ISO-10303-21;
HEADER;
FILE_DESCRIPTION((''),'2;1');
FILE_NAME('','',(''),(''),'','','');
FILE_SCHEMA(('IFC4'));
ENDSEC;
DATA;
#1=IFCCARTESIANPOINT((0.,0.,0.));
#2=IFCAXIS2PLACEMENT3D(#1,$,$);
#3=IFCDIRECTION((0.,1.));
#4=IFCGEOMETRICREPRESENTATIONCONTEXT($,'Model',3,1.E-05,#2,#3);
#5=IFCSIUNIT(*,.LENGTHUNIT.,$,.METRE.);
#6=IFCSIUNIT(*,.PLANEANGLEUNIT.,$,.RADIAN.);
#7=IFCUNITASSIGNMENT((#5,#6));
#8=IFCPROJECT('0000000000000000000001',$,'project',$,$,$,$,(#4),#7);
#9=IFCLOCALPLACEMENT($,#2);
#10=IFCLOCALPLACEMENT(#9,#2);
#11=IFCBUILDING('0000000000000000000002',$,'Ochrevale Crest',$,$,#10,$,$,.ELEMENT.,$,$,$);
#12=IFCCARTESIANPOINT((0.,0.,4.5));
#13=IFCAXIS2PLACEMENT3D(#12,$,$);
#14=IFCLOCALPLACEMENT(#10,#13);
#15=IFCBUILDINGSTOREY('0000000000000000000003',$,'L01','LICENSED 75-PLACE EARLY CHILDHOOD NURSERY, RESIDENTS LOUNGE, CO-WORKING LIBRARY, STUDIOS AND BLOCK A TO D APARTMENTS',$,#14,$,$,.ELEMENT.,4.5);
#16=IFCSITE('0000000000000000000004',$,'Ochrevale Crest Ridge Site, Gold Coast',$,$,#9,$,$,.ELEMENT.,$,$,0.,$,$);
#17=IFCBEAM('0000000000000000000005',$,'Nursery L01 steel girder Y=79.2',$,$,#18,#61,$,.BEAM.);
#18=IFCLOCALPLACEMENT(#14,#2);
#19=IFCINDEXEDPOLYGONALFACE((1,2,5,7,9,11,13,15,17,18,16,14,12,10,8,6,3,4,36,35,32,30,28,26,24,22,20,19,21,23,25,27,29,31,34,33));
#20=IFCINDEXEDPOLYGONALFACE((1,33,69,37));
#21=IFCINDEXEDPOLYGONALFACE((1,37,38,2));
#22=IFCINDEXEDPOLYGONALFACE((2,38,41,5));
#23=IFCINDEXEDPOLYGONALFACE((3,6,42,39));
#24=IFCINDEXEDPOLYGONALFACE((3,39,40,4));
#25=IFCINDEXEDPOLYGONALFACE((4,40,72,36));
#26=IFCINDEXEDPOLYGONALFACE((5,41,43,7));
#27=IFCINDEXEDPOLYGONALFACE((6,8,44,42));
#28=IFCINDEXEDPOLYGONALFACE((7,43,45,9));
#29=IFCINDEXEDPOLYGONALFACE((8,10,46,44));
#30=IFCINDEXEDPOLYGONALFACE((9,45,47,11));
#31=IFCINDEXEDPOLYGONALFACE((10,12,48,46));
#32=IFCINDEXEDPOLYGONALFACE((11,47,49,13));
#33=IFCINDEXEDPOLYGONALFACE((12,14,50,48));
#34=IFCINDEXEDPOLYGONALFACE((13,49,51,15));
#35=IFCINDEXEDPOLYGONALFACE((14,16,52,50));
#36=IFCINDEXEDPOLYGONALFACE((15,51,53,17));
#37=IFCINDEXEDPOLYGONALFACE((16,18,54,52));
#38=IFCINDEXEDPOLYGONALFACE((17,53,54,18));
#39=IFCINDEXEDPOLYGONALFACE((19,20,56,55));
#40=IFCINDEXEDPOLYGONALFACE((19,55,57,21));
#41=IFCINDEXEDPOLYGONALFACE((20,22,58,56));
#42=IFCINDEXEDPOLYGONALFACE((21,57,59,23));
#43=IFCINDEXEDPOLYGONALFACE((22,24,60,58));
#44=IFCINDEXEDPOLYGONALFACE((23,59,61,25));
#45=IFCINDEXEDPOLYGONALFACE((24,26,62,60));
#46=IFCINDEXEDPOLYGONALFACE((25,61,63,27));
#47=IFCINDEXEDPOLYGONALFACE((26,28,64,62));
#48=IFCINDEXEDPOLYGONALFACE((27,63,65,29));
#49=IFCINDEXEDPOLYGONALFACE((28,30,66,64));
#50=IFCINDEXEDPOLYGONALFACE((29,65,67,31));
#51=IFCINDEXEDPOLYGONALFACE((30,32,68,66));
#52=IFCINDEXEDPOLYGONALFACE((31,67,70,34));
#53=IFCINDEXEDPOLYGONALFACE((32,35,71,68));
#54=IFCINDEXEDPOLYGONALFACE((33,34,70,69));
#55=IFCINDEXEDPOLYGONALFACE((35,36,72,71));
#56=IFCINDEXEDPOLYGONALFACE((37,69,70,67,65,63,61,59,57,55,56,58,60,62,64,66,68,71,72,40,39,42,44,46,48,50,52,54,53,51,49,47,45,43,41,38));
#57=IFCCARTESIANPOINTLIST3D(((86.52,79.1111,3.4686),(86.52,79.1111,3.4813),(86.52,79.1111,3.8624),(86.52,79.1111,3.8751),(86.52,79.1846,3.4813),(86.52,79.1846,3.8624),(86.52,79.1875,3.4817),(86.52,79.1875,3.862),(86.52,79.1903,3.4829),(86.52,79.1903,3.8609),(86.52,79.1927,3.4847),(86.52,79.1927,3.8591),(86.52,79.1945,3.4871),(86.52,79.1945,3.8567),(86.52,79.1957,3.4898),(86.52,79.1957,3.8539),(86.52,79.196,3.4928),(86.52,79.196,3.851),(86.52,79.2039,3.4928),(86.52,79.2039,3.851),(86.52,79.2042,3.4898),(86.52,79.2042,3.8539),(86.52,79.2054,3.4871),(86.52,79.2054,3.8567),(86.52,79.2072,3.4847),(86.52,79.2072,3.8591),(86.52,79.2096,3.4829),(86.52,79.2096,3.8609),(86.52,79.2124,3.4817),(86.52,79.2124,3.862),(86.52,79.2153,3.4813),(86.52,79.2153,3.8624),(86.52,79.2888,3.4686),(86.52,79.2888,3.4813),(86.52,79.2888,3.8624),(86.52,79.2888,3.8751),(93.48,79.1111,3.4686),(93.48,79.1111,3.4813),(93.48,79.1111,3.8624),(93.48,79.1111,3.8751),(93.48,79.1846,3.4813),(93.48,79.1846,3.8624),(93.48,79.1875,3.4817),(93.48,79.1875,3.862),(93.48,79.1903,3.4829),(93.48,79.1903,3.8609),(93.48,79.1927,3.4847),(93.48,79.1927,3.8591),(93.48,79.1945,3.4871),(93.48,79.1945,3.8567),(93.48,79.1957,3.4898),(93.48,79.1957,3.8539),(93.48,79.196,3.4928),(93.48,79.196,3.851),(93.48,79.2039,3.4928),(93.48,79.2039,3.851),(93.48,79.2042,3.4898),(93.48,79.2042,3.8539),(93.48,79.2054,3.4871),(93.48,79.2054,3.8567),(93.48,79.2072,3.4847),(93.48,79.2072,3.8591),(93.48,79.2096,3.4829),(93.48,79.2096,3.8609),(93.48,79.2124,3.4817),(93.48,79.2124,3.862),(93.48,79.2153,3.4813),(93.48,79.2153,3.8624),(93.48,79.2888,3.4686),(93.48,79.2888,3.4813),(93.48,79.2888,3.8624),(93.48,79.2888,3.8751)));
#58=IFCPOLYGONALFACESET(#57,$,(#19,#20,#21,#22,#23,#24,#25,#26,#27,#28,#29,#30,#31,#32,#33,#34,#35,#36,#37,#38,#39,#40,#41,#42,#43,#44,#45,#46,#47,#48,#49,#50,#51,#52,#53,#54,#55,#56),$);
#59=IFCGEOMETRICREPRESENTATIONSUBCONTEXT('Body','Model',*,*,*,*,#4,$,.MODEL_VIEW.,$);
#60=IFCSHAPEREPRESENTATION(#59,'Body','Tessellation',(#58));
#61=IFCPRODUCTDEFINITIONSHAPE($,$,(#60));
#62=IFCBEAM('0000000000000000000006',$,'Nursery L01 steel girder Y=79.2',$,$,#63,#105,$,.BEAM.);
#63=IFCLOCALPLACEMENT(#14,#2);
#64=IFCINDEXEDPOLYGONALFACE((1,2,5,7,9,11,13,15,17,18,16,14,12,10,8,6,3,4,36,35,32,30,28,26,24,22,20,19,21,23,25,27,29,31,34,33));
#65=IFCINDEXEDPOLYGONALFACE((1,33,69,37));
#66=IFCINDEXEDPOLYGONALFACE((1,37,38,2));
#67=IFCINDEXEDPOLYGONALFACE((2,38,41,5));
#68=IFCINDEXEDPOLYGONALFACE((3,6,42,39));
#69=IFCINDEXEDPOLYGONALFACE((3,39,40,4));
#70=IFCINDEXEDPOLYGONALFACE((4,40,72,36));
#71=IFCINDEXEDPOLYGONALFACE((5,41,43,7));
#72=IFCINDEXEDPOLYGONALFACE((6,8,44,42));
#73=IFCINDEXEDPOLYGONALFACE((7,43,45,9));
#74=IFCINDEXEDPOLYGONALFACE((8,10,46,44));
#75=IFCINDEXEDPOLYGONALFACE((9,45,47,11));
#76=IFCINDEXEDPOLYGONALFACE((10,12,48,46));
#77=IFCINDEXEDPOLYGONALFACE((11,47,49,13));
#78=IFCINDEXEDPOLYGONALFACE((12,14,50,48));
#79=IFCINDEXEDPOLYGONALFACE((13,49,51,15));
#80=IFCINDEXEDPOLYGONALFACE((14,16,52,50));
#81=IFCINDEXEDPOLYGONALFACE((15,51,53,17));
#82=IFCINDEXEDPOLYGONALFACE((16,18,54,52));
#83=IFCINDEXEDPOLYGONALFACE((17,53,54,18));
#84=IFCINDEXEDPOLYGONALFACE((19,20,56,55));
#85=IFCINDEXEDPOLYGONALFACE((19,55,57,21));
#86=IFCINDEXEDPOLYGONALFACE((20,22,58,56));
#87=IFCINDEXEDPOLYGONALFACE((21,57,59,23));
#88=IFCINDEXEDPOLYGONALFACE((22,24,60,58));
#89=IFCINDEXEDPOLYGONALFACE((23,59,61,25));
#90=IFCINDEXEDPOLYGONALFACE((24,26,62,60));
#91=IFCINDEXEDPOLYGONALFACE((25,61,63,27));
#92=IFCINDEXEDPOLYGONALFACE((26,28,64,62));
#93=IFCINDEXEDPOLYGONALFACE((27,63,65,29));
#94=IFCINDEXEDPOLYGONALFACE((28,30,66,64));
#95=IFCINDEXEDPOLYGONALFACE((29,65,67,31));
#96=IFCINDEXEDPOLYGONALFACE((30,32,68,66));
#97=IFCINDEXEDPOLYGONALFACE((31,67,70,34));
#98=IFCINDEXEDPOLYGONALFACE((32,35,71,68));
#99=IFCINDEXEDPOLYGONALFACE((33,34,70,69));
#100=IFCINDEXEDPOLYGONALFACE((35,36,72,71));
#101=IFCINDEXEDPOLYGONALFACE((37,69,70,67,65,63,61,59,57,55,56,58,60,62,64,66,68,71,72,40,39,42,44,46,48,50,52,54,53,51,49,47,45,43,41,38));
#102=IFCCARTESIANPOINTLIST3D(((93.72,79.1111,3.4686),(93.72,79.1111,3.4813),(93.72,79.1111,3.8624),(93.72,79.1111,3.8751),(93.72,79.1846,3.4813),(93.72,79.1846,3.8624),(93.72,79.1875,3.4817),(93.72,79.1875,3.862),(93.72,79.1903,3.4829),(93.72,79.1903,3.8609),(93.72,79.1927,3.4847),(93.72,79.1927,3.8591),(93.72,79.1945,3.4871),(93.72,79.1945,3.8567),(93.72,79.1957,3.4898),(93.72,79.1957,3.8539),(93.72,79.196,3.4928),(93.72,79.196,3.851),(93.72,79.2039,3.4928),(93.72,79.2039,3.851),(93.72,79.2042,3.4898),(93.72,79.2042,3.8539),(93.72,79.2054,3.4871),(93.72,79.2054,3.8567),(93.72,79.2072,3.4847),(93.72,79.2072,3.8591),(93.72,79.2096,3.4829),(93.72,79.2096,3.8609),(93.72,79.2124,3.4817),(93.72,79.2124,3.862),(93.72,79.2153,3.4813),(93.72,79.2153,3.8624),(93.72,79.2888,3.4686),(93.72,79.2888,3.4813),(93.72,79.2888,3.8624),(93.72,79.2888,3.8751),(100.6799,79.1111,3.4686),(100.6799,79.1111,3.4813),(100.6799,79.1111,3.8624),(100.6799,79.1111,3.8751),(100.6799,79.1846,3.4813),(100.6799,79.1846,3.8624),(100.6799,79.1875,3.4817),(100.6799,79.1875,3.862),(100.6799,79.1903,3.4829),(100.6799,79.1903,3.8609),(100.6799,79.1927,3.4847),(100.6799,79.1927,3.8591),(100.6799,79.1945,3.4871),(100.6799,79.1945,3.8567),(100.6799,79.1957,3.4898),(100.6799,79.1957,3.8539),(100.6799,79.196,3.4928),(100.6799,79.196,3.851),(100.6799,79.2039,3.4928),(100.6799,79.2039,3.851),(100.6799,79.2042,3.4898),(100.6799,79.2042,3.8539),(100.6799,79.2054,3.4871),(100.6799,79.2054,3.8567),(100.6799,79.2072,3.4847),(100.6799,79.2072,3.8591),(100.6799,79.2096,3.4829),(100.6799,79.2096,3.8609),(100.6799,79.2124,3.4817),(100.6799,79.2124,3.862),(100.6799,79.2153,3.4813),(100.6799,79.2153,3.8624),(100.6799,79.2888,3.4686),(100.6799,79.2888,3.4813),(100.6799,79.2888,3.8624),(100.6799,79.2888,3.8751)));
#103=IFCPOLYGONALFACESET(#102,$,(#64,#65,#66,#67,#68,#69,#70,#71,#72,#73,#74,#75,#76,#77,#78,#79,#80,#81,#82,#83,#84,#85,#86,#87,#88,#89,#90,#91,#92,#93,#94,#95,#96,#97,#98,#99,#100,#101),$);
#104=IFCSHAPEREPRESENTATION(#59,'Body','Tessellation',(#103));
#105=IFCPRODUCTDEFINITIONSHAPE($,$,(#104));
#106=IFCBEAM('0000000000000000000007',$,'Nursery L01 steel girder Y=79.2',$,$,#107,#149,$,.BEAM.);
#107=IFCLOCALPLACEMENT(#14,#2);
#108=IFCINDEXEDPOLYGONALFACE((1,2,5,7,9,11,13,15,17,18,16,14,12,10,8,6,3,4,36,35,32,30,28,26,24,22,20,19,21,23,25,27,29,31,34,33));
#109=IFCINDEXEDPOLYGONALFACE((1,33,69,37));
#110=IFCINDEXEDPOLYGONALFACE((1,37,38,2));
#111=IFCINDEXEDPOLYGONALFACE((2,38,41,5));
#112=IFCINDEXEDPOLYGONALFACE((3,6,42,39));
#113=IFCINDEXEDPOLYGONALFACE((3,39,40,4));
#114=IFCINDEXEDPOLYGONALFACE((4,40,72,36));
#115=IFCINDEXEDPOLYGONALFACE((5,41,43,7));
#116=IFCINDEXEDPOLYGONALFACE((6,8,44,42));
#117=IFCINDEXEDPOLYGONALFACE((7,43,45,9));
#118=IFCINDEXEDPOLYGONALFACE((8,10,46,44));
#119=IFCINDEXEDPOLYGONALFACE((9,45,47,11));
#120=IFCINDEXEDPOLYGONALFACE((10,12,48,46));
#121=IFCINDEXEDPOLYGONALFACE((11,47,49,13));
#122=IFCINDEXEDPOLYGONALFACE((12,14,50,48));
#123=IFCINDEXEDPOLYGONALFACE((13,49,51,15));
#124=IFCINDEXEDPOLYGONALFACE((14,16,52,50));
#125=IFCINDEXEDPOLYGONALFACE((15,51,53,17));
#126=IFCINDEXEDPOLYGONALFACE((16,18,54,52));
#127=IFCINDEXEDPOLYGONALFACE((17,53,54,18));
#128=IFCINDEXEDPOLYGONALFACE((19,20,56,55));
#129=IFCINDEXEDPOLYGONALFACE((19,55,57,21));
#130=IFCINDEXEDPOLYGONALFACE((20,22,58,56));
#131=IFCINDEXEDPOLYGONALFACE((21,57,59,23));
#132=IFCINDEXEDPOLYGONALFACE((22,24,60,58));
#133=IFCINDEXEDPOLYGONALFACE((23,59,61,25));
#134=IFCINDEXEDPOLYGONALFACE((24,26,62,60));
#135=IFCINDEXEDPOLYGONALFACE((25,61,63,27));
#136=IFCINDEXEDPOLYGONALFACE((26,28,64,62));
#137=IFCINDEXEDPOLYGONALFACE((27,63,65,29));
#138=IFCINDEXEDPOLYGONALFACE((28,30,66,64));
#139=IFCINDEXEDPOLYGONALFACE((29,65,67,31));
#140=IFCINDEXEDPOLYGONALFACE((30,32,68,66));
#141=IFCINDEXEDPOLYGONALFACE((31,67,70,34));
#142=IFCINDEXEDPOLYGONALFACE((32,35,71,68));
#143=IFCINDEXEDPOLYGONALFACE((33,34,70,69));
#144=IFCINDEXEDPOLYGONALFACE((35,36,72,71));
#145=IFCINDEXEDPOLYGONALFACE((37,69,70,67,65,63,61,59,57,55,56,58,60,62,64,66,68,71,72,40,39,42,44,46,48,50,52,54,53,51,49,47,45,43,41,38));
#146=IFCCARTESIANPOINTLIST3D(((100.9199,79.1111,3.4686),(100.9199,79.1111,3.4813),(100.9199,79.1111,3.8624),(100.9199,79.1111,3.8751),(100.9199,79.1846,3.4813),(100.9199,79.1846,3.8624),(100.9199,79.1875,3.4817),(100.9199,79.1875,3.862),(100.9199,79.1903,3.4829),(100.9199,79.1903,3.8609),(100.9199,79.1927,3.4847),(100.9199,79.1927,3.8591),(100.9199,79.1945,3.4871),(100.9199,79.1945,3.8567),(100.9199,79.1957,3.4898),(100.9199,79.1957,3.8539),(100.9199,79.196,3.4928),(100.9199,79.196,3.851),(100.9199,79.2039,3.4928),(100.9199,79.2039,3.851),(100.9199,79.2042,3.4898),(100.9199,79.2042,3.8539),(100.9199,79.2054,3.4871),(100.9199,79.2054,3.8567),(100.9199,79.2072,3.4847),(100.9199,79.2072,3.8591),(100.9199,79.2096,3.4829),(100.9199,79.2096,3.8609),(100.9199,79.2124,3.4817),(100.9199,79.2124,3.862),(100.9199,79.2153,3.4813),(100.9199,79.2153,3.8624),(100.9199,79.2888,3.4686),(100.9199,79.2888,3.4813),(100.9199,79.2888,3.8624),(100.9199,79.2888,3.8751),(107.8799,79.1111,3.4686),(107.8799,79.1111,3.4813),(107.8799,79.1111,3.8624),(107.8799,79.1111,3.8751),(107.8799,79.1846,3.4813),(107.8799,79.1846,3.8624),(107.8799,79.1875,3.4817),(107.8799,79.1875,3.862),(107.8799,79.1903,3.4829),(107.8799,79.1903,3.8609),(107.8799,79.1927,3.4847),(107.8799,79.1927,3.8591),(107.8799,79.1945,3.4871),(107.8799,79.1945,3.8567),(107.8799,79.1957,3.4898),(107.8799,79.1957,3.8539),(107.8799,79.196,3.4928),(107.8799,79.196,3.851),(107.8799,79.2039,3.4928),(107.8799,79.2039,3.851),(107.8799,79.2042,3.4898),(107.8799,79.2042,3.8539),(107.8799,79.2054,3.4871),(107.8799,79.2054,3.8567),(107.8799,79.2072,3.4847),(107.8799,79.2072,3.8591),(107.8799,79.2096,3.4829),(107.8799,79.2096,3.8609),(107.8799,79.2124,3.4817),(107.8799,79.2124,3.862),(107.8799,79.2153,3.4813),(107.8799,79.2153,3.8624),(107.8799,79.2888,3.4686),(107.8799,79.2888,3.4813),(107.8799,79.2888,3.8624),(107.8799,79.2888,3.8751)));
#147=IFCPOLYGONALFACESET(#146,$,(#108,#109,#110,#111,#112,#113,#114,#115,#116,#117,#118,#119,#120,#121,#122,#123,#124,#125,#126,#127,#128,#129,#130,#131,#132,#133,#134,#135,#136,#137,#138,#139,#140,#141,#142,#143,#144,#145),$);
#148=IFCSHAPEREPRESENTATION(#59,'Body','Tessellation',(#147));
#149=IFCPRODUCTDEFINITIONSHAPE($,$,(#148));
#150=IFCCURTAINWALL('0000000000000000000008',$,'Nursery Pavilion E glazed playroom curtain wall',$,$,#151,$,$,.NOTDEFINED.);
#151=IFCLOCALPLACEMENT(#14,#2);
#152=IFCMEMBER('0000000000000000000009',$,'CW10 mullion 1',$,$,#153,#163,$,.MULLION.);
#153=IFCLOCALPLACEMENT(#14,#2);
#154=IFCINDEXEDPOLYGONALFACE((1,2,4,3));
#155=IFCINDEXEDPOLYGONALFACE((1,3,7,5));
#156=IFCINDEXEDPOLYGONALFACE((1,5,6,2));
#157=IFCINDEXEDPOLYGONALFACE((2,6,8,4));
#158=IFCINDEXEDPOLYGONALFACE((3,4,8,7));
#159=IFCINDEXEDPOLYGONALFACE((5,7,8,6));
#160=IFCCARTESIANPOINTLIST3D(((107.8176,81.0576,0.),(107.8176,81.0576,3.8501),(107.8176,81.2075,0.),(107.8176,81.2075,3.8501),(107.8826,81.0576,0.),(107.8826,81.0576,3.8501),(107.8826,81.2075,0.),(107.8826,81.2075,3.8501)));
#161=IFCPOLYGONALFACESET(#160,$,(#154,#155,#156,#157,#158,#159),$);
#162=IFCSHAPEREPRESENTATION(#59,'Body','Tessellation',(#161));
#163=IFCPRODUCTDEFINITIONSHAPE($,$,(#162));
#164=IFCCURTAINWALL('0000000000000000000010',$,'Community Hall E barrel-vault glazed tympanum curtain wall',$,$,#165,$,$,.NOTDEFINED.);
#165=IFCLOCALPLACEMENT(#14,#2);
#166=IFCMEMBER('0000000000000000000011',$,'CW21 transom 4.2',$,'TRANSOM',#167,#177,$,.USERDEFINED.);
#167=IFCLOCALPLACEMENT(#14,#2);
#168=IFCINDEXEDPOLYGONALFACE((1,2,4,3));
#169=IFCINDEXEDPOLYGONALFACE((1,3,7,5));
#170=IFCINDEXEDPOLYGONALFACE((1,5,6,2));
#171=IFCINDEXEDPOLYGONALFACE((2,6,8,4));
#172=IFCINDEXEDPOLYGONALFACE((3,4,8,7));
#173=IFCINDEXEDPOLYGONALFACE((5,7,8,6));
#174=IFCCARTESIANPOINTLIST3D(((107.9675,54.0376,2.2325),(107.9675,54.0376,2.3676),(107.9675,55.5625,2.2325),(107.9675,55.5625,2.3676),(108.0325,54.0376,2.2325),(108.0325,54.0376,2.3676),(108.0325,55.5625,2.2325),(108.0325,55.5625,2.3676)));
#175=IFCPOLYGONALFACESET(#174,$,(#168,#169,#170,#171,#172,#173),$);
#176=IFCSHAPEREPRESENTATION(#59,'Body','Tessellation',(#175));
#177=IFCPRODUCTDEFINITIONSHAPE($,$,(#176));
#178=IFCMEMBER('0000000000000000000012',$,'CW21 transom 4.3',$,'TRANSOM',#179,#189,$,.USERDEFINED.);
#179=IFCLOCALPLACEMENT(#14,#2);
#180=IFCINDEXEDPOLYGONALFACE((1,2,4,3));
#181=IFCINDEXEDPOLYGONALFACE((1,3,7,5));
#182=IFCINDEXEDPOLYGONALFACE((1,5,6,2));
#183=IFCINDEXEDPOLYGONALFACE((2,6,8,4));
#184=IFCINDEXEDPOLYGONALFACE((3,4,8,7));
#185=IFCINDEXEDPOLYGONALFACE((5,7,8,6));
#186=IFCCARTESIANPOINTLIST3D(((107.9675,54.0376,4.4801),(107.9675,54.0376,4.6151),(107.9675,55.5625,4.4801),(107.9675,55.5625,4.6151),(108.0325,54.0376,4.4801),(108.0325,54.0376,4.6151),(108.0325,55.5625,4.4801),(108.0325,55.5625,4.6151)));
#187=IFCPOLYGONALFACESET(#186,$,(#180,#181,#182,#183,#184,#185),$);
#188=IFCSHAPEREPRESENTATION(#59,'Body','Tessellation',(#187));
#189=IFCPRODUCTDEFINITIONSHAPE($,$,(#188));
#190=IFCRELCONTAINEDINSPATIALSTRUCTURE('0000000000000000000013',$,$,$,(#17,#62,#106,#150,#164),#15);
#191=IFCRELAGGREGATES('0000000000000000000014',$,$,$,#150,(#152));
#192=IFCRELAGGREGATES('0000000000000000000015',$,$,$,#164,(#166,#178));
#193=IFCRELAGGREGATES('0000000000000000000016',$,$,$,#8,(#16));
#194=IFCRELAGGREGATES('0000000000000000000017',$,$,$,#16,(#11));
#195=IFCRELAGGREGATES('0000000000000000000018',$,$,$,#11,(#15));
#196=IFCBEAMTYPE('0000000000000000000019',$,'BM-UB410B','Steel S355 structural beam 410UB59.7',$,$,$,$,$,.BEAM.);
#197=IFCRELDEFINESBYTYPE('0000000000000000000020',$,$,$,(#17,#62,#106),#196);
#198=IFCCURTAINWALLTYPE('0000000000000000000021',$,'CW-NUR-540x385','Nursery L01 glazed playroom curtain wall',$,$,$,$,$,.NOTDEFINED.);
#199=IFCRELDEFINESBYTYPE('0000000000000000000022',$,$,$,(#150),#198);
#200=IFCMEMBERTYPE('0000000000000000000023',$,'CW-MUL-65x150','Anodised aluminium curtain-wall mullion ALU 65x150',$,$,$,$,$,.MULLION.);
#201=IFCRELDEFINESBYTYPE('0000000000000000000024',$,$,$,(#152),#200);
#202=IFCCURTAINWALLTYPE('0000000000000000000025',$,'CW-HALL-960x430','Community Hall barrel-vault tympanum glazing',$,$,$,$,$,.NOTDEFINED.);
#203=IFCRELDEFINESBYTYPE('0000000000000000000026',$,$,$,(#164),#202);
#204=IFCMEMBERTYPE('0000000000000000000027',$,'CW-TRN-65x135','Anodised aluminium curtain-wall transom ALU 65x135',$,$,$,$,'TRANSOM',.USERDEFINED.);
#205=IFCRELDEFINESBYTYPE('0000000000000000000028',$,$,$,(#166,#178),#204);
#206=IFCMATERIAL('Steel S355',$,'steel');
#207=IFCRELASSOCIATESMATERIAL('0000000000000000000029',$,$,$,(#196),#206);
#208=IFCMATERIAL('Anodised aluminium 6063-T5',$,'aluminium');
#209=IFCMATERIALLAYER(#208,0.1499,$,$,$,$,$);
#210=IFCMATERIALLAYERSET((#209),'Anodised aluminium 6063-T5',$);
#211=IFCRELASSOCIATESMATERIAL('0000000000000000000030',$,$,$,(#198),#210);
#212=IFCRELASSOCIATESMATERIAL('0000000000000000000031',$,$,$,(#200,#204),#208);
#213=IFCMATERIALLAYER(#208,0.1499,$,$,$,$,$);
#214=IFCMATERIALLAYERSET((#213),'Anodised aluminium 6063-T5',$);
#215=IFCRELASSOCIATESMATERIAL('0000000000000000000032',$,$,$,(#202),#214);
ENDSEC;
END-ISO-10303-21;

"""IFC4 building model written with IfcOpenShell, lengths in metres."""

from ifc_helpers import new_model, si_unit, direction, frame, origin, origin_2d, place, context, subcontext, project, spatial, rectangle, i_section, extrude, material, layer, layer_set, material_profile, profile_set, type_object, element, aggregate, save


model = new_model("IFC4")

# Units and contexts
model_context = context("Model", 3, precision=1e-05, world=origin(), true_north=direction((0.0, 1.0)))
body_context = subcontext(model_context, "Body", "Model", "MODEL_VIEW")
ifc_project = project(units=[si_unit("LENGTHUNIT", "METRE"), si_unit("PLANEANGLEUNIT", "RADIAN")], contexts=[model_context])

# Site, building, storey
site_placement = place(None, origin())
site = spatial("IfcSite", under=ifc_project, at=site_placement, Name="Ochrevale Crest Ridge Site, Gold Coast", CompositionType="ELEMENT", RefElevation=0.0)
building_placement = place(site_placement, origin())
building = spatial("IfcBuilding", under=site, at=building_placement, Name="Ochrevale Crest", CompositionType="ELEMENT")
storey_placement = place(building_placement, frame((0.0, 0.0, 4.5)))
storey = spatial("IfcBuildingStorey", under=building, at=storey_placement, Name="L01", Description="LICENSED 75-PLACE EARLY CHILDHOOD NURSERY, RESIDENTS LOUNGE, CO-WORKING LIBRARY, STUDIOS AND BLOCK A TO D APARTMENTS", CompositionType="ELEMENT", Elevation=4.5)

# Shared definitions
ifc_material_1 = material(Name="Steel S355", Category="steel")

# Beams
ifc_material_profile_1 = material_profile(ifc_material_1, i_section(OverallWidth=0.1777, OverallDepth=0.4065, WebThickness=0.0078, FlangeThickness=0.0127, FilletRadius=0.0115, at=origin_2d()), Name="410UB59.7")
ifc_profile_set_1 = profile_set([ifc_material_profile_1], Name="Steel S355")
beam_type_1 = type_object("IfcBeamType", Name="BM-UB410B", Description="Steel S355 structural beam 410UB59.7", PredefinedType="BEAM", material=ifc_profile_set_1)
for number, where, z_axis, x_axis, name in (
    (1, (86.52, 79.2, 3.6719), (1.0, 0.0, 0.0), (0.0, 1.0, 0.0), "Nursery L01 steel girder Y=79.2"),
    (2, (93.72, 79.2, 3.6719), (1.0, 0.0, 0.0), (0.0, 1.0, 0.0), "Nursery L01 steel girder Y=79.2"),
    (3, (100.9199, 79.2, 3.6719), (1.0, 0.0, 0.0), (0.0, 1.0, 0.0), "Nursery L01 steel girder Y=79.2"),
):
    element("IfcBeam", number, at=place(storey_placement, frame(where, z_axis=z_axis, x_axis=x_axis)), inside=storey, type_object=beam_type_1, Name=name, PredefinedType="BEAM", context=body_context, shape_type="SweptSolid", body=[
        extrude(i_section(OverallWidth=0.1777, OverallDepth=0.4065, WebThickness=0.0078, FlangeThickness=0.0127, FilletRadius=0.0115, at=origin_2d()), origin(), (0.0, 0.0, 1.0), 6.96),
    ])

# Curtain wall, member
ifc_material_2 = material(Name="Anodised aluminium 6063-T5", Category="aluminium")
ifc_layer_1 = layer(ifc_material_2, 0.1499)
ifc_layer_set_1 = layer_set([ifc_layer_1], Name="Anodised aluminium 6063-T5")
curtain_wall_type_1 = type_object("IfcCurtainWallType", Name="CW-NUR-540x385", Description="Nursery L01 glazed playroom curtain wall", PredefinedType="NOTDEFINED", material=ifc_layer_set_1)
curtain_wall_1_placement = place(storey_placement, origin())
curtain_wall_1 = element("IfcCurtainWall", 4, at=curtain_wall_1_placement, inside=storey, type_object=curtain_wall_type_1, Name="Nursery Pavilion E glazed playroom curtain wall", PredefinedType="NOTDEFINED")
ifc_material_profile_2 = material_profile(ifc_material_2, rectangle(XDim=0.0649, YDim=0.1499, at=origin_2d()), Name="ALU 65x150")
ifc_profile_set_2 = profile_set([ifc_material_profile_2], Name="Anodised aluminium 6063-T5")
member_type_1 = type_object("IfcMemberType", Name="CW-MUL-65x150", Description="Anodised aluminium curtain-wall mullion ALU 65x150", PredefinedType="MULLION", material=ifc_profile_set_2)
member_1_placement = place(storey_placement, frame((107.8501, 81.1326, 0.0), z_axis=(0.0, 0.0, 1.0), x_axis=(-1.0, 0.0, 0.0)))
member_1 = element("IfcMember", 5, at=member_1_placement, type_object=member_type_1, Name="CW10 mullion 1", PredefinedType="MULLION", context=body_context, shape_type="SweptSolid", body=[
    extrude(rectangle(XDim=0.0649, YDim=0.1499, at=origin_2d()), origin(), (0.0, 0.0, 1.0), 3.8501),
])
aggregate(curtain_wall_1, [member_1])

# Curtain wall, members
ifc_layer_2 = layer(ifc_material_2, 0.1499)
ifc_layer_set_2 = layer_set([ifc_layer_2], Name="Anodised aluminium 6063-T5")
curtain_wall_type_2 = type_object("IfcCurtainWallType", Name="CW-HALL-960x430", Description="Community Hall barrel-vault tympanum glazing", PredefinedType="NOTDEFINED", material=ifc_layer_set_2)
curtain_wall_2_placement = place(storey_placement, origin())
curtain_wall_2 = element("IfcCurtainWall", 6, at=curtain_wall_2_placement, inside=storey, type_object=curtain_wall_type_2, Name="Community Hall E barrel-vault glazed tympanum curtain wall", PredefinedType="NOTDEFINED")
ifc_material_profile_3 = material_profile(ifc_material_2, rectangle(XDim=0.0649, YDim=0.135, at=origin_2d()), Name="ALU 65x135")
ifc_profile_set_3 = profile_set([ifc_material_profile_3], Name="Anodised aluminium 6063-T5")
member_type_2 = type_object("IfcMemberType", Name="CW-TRN-65x135", Description="Anodised aluminium curtain-wall transom ALU 65x135", ElementType="TRANSOM", PredefinedType="USERDEFINED", material=ifc_profile_set_3)
member_2_placement = place(storey_placement, frame((108.0, 54.0376, 2.3), z_axis=(0.0, 1.0, 0.0), x_axis=(-1.0, 0.0, 0.0)))
member_2 = element("IfcMember", 7, at=member_2_placement, type_object=member_type_2, Name="CW21 transom 4.2", ObjectType="TRANSOM", PredefinedType="USERDEFINED", context=body_context, shape_type="SweptSolid", body=[
    extrude(rectangle(XDim=0.0649, YDim=0.135, at=origin_2d()), origin(), (0.0, 0.0, 1.0), 1.5249),
])
member_3_placement = place(storey_placement, frame((108.0, 54.0376, 4.5476), z_axis=(0.0, 1.0, 0.0), x_axis=(-1.0, 0.0, 0.0)))
member_3 = element("IfcMember", 8, at=member_3_placement, type_object=member_type_2, Name="CW21 transom 4.3", ObjectType="TRANSOM", PredefinedType="USERDEFINED", context=body_context, shape_type="SweptSolid", body=[
    extrude(rectangle(XDim=0.0649, YDim=0.135, at=origin_2d()), origin(), (0.0, 0.0, 1.0), 1.5249),
])

aggregate(curtain_wall_2, [member_2, member_3])

save(model, "model.ifc")
